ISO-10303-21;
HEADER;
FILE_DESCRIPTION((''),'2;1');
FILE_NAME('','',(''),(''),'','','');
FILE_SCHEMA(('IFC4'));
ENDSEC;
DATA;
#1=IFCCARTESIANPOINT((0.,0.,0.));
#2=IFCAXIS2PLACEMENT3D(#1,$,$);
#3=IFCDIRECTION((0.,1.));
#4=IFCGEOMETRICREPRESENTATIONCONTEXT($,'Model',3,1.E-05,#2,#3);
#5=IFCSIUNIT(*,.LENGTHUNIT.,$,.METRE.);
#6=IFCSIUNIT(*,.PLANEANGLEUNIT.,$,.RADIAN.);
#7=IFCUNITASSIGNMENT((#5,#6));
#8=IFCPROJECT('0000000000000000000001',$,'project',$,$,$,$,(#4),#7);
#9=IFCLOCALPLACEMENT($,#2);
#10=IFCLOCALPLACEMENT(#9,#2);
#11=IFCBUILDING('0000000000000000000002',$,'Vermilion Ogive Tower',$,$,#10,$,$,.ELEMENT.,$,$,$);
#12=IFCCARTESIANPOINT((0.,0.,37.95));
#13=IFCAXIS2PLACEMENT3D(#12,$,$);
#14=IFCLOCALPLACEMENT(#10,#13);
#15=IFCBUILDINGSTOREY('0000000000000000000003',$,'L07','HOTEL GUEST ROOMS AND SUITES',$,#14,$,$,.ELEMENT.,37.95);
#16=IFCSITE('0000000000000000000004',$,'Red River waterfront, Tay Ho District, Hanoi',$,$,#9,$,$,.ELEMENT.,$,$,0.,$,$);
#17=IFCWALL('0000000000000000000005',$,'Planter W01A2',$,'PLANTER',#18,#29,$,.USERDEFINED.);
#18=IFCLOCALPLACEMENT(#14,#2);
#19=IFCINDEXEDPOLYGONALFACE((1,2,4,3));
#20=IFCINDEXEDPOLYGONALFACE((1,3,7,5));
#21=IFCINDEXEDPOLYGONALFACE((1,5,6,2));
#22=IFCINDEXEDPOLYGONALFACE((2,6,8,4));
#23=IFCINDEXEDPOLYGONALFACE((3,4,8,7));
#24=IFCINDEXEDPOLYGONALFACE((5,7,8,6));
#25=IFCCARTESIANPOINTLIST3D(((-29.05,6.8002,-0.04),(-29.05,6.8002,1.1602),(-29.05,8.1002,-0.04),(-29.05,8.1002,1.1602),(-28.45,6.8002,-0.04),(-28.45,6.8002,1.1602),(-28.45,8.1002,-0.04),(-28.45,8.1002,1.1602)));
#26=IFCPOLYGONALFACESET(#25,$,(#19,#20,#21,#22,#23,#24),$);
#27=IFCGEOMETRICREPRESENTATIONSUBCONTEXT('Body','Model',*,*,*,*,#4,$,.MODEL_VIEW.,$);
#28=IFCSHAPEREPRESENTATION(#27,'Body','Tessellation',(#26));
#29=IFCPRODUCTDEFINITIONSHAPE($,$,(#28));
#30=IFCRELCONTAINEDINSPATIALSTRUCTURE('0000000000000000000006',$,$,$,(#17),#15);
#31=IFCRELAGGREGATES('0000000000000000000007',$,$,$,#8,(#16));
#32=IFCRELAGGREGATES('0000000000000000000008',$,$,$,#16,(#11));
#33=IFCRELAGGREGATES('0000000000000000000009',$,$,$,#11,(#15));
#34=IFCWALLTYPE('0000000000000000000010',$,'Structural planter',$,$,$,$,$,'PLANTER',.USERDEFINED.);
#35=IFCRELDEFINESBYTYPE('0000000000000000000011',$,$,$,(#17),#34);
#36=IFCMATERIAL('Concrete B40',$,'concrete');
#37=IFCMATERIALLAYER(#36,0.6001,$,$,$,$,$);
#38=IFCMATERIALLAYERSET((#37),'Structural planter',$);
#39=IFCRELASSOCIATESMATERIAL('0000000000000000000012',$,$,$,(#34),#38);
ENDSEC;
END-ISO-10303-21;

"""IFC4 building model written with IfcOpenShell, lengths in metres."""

from ifc_helpers import new_model, si_unit, direction, frame, frame_2d, origin, place, context, subcontext, project, spatial, rectangle, extrude, material, layer, layer_set, type_object, element, save


model = new_model("IFC4")

# Units and contexts
model_context = context("Model", 3, precision=1e-05, world=origin(), true_north=direction((0.0, 1.0)))
body_context = subcontext(model_context, "Body", "Model", "MODEL_VIEW")
ifc_project = project(units=[si_unit("LENGTHUNIT", "METRE"), si_unit("PLANEANGLEUNIT", "RADIAN")], contexts=[model_context])

# Site, building, storey
site_placement = place(None, origin())
site = spatial("IfcSite", under=ifc_project, at=site_placement, Name="Red River waterfront, Tay Ho District, Hanoi", CompositionType="ELEMENT", RefElevation=0.0)
building_placement = place(site_placement, origin())
building = spatial("IfcBuilding", under=site, at=building_placement, Name="Vermilion Ogive Tower", CompositionType="ELEMENT")
storey_placement = place(building_placement, frame((0.0, 0.0, 37.95)))
storey = spatial("IfcBuildingStorey", under=building, at=storey_placement, Name="L07", Description="HOTEL GUEST ROOMS AND SUITES", CompositionType="ELEMENT", Elevation=37.95)

# Wall
ifc_material_1 = material(Name="Concrete B40", Category="concrete")
ifc_layer_1 = layer(ifc_material_1, 0.6001)
ifc_layer_set_1 = layer_set([ifc_layer_1], Name="Structural planter")
wall_type_1 = type_object("IfcWallType", Name="Structural planter", ElementType="PLANTER", PredefinedType="USERDEFINED", material=ifc_layer_set_1)
wall_1_placement = place(storey_placement, frame((-28.75, 8.1001, -0.04), z_axis=(0.0, 0.0, 1.0), x_axis=(0.0, -1.0, 0.0)))
element("IfcWall", 1, at=wall_1_placement, inside=storey, type_object=wall_type_1, Name="Planter W01A2", ObjectType="PLANTER", PredefinedType="USERDEFINED", context=body_context, shape_type="SweptSolid", body=[
    extrude(rectangle(XDim=1.3, YDim=0.6001, at=frame_2d((0.6499, 0.0))), origin(), (0.0, 0.0, 1.0), 1.2002),
])

save(model, "model.ifc")
